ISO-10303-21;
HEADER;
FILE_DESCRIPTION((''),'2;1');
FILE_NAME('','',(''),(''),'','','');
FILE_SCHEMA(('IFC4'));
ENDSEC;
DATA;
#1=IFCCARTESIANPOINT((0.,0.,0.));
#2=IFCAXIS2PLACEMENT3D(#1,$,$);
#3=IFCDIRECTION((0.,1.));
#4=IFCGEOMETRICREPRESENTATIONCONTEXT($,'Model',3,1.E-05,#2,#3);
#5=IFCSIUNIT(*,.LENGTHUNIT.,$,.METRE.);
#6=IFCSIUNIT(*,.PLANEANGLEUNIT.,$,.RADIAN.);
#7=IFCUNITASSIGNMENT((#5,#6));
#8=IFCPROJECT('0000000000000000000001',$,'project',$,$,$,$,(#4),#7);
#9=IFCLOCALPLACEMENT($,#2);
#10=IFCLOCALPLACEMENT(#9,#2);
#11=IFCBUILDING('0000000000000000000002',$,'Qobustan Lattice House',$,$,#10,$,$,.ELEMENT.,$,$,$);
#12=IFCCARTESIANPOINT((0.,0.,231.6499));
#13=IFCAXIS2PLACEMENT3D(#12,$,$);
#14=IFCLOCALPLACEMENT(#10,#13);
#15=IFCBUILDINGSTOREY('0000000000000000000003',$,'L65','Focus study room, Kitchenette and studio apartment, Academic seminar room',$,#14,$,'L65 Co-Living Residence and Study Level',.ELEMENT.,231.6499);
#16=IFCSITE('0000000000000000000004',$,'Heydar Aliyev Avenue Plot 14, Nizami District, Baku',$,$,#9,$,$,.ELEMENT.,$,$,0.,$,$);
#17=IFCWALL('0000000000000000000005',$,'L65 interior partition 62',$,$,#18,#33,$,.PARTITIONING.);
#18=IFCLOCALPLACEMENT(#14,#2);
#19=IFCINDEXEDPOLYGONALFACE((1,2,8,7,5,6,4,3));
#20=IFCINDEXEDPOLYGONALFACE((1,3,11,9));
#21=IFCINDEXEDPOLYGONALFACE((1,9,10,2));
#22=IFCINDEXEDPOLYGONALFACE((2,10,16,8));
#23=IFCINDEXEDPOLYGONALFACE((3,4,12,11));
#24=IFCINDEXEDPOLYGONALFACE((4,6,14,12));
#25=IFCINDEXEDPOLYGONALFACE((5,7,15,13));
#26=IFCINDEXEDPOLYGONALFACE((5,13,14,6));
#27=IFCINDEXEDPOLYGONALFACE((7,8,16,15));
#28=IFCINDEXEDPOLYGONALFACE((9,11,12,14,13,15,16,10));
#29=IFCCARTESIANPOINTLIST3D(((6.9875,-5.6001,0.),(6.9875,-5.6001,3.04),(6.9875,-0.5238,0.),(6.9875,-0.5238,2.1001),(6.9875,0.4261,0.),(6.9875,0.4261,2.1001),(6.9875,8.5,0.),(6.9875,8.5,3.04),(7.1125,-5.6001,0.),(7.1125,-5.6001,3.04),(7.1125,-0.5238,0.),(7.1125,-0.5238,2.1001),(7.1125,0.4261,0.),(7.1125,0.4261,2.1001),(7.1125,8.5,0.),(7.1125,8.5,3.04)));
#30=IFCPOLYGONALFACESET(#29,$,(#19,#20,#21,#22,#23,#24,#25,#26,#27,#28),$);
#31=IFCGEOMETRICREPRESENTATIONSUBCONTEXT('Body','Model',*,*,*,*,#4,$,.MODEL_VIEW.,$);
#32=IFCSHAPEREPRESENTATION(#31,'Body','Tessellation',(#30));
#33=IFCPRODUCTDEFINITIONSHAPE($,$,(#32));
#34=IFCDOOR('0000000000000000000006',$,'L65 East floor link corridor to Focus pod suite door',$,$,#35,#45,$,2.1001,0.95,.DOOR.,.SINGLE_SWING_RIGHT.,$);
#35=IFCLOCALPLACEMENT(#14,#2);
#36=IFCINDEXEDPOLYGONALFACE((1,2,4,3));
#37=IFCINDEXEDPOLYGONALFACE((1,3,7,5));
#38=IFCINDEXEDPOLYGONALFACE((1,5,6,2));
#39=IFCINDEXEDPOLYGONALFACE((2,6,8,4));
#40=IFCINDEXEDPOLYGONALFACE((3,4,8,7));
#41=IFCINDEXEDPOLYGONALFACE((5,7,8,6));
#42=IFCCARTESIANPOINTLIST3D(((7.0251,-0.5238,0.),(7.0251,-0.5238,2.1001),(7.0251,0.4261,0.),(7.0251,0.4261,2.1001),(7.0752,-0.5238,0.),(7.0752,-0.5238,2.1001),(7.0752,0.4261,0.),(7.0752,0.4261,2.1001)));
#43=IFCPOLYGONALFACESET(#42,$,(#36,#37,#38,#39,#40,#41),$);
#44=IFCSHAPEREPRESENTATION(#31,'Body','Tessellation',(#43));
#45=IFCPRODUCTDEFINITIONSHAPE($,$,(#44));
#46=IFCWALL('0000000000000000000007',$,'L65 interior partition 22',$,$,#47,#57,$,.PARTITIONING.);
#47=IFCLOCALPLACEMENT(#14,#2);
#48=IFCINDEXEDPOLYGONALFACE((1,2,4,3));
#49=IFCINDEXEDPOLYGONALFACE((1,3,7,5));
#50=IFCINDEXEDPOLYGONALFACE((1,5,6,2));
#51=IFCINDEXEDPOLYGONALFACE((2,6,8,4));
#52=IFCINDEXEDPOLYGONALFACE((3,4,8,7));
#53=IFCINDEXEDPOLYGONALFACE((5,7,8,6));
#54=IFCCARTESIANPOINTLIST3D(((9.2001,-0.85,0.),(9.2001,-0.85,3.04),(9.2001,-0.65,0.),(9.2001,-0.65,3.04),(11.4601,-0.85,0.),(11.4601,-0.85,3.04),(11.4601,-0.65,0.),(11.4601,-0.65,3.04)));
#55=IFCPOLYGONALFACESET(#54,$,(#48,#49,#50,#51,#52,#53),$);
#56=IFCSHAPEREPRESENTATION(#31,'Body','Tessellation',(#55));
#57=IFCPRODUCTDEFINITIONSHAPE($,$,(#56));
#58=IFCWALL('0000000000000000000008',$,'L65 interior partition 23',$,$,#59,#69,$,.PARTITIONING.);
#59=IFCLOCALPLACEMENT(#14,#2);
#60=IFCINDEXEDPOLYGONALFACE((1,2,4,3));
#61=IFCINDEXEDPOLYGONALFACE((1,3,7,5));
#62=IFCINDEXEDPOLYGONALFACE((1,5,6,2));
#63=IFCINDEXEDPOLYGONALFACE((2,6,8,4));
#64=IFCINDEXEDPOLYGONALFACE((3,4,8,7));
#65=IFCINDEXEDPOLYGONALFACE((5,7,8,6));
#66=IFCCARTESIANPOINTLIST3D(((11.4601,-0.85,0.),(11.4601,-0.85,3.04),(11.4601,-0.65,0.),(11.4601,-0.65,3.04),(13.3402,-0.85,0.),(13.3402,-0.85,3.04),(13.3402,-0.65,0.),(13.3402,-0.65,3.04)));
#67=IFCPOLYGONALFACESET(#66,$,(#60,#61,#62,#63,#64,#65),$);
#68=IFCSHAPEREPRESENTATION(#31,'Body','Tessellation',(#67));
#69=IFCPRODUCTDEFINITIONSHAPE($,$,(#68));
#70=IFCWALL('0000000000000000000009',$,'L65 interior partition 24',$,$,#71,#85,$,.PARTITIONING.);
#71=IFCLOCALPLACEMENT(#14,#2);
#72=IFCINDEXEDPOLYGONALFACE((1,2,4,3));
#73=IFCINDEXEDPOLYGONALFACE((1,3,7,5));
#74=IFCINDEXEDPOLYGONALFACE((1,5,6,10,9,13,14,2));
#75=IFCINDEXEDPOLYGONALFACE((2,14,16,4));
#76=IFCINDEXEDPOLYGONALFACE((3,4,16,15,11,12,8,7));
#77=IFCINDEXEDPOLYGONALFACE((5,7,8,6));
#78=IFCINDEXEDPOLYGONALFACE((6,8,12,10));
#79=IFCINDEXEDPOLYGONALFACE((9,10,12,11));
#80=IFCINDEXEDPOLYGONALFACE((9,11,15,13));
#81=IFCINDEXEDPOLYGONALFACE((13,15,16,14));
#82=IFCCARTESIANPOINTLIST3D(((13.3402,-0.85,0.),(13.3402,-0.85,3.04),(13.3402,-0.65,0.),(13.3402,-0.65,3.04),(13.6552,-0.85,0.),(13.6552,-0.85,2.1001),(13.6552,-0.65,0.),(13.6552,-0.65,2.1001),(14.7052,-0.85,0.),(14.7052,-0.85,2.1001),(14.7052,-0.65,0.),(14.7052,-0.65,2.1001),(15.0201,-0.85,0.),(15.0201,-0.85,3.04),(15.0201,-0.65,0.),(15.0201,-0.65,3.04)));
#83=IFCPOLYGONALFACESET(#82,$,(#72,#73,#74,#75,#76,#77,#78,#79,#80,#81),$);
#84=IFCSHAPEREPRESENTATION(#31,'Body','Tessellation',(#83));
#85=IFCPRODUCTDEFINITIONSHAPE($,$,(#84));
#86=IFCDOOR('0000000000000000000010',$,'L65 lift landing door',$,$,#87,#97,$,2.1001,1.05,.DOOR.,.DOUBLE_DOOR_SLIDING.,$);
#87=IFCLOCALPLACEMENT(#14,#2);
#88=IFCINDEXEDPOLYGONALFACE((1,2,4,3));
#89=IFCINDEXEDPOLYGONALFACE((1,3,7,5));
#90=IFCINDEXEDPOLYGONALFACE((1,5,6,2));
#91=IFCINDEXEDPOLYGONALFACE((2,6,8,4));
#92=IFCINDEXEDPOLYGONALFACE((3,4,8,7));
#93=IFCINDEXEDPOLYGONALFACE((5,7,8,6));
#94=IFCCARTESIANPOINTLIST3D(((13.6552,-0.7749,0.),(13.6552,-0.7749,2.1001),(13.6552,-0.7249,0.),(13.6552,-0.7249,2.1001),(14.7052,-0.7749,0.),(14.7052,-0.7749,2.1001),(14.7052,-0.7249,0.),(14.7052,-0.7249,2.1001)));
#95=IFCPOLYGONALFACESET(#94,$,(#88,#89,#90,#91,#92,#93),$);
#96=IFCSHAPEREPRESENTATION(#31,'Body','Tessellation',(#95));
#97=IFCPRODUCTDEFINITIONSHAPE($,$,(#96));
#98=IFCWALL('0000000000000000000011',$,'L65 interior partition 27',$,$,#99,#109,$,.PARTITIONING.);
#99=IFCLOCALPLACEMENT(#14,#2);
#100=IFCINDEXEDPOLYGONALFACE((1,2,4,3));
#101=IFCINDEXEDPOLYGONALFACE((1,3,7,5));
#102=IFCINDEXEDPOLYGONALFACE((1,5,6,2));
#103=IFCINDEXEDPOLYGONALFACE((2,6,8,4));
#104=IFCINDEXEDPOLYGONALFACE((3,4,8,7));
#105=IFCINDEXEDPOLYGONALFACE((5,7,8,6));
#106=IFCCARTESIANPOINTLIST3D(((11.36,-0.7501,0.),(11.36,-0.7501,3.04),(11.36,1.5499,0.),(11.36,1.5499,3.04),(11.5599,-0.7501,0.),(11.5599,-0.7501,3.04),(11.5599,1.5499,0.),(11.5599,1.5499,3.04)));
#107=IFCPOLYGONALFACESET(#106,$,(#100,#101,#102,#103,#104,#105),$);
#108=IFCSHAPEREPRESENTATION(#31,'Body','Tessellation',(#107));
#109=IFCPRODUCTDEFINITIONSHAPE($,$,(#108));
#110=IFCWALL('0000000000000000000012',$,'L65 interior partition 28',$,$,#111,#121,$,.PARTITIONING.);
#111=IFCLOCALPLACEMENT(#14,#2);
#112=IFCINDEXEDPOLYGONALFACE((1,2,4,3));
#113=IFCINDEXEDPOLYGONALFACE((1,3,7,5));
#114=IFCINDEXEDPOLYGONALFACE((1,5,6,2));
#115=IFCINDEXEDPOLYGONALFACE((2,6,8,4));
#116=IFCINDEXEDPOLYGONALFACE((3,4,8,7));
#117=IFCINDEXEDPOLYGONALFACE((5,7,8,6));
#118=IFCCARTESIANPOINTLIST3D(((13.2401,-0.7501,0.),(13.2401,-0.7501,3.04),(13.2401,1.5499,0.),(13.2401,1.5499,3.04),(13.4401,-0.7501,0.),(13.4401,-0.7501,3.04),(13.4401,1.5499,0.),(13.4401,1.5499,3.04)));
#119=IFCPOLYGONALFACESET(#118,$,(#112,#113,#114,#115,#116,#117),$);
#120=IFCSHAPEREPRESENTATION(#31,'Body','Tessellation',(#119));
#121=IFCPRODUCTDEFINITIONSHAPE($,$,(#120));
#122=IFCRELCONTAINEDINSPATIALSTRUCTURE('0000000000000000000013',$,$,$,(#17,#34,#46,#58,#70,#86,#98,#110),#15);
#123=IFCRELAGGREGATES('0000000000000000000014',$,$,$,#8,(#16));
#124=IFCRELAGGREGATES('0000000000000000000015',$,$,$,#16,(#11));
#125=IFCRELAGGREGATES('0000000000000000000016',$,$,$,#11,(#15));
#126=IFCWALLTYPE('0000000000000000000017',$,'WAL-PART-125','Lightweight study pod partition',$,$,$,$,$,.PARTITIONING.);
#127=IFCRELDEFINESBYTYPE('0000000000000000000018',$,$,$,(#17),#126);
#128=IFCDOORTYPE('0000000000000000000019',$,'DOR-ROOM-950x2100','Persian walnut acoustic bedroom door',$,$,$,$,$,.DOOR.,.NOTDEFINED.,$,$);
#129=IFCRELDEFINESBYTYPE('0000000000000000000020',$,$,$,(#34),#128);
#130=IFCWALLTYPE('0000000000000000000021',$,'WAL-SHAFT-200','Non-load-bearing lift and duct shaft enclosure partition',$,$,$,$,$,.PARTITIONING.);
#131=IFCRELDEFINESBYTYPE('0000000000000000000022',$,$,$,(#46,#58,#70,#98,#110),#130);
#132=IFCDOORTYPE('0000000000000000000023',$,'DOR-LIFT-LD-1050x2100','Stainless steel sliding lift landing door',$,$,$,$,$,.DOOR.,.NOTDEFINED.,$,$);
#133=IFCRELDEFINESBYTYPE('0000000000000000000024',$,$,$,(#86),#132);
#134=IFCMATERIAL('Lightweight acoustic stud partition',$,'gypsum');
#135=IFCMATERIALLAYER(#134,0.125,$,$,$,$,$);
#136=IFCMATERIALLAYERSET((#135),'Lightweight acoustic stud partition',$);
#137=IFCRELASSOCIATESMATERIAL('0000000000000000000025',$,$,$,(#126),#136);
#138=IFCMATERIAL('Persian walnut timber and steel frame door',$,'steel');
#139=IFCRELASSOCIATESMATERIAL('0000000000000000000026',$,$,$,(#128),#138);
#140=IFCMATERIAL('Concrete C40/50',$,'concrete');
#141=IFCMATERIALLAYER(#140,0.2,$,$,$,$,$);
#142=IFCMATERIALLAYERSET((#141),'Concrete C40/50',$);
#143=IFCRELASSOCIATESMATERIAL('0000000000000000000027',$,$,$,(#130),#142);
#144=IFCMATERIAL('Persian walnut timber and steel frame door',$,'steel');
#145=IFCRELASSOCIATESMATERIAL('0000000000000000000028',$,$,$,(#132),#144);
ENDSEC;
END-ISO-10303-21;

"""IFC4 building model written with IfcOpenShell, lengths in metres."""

from ifc_helpers import new_model, si_unit, direction, frame, frame_2d, origin, place, context, subcontext, project, spatial, rectangle, extrude, material, layer, layer_set, type_object, element, fill, save


model = new_model("IFC4")

# Units and contexts
model_context = context("Model", 3, precision=1e-05, world=origin(), true_north=direction((0.0, 1.0)))
body_context = subcontext(model_context, "Body", "Model", "MODEL_VIEW")
ifc_project = project(units=[si_unit("LENGTHUNIT", "METRE"), si_unit("PLANEANGLEUNIT", "RADIAN")], contexts=[model_context])

# Site, building, storey
site_placement = place(None, origin())
site = spatial("IfcSite", under=ifc_project, at=site_placement, Name="Heydar Aliyev Avenue Plot 14, Nizami District, Baku", CompositionType="ELEMENT", RefElevation=0.0)
building_placement = place(site_placement, origin())
building = spatial("IfcBuilding", under=site, at=building_placement, Name="Qobustan Lattice House", CompositionType="ELEMENT")
storey_placement = place(building_placement, frame((0.0, 0.0, 231.6499)))
storey = spatial("IfcBuildingStorey", under=building, at=storey_placement, Name="L65", Description="Focus study room, Kitchenette and studio apartment, Academic seminar room", LongName="L65 Co-Living Residence and Study Level", CompositionType="ELEMENT", Elevation=231.6499)

# Wall, opening, door
ifc_material_1 = material(Name="Lightweight acoustic stud partition", Category="gypsum")
ifc_layer_1 = layer(ifc_material_1, 0.125)
ifc_layer_set_1 = layer_set([ifc_layer_1], Name="Lightweight acoustic stud partition")
wall_type_1 = type_object("IfcWallType", Name="WAL-PART-125", Description="Lightweight study pod partition", PredefinedType="PARTITIONING", material=ifc_layer_set_1)
wall_1_placement = place(storey_placement, frame((7.05, -5.6001, 0.0), z_axis=(0.0, 0.0, 1.0), x_axis=(0.0, 1.0, 0.0)))
wall_1 = element("IfcWall", 1, at=wall_1_placement, inside=storey, type_object=wall_type_1, Name="L65 interior partition 62", PredefinedType="PARTITIONING", context=body_context, shape_type="SweptSolid", body=[
    extrude(rectangle(XDim=14.1001, YDim=0.125, at=frame_2d((7.05, 0.0))), origin(), (0.0, 0.0, 1.0), 3.04),
])
opening_1_placement = place(wall_1_placement, frame((5.0762, 0.0, 0.0)))
opening_1 = element("IfcOpeningElement", 2, at=opening_1_placement, cuts=wall_1, PredefinedType="OPENING", context=body_context, shape_type="SweptSolid", body=[
    extrude(rectangle(XDim=0.95, YDim=2.1001, at=frame_2d((0.4751, 1.05))), frame((0.0, 0.0725, 0.0), z_axis=(0.0, -1.0, 0.0), x_axis=(1.0, 0.0, 0.0)), (0.0, 0.0, 1.0), 0.145),
])
ifc_material_2 = material(Name="Persian walnut timber and steel frame door", Category="steel")
door_type_1 = type_object("IfcDoorType", Name="DOR-ROOM-950x2100", Description="Persian walnut acoustic bedroom door", OperationType="NOTDEFINED", PredefinedType="DOOR", material=ifc_material_2)
door_1_placement = place(opening_1_placement, origin())
door_1 = element("IfcDoor", 3, at=door_1_placement, inside=storey, type_object=door_type_1, Name="L65 East floor link corridor to Focus pod suite door", OperationType="SINGLE_SWING_RIGHT", OverallHeight=2.1001, OverallWidth=0.95, PredefinedType="DOOR", context=body_context, shape_type="SweptSolid", body=[
    extrude(rectangle(XDim=0.95, YDim=2.1001, at=frame_2d((0.4751, 1.05))), frame((0.0, 0.0249, 0.0), z_axis=(0.0, -1.0, 0.0), x_axis=(1.0, 0.0, 0.0)), (0.0, 0.0, 1.0), 0.05),
])
fill(opening_1, door_1)

# Walls
ifc_material_3 = material(Name="Concrete C40/50", Category="concrete")
ifc_layer_2 = layer(ifc_material_3, 0.2)
ifc_layer_set_2 = layer_set([ifc_layer_2], Name="Concrete C40/50")
wall_type_2 = type_object("IfcWallType", Name="WAL-SHAFT-200", Description="Non-load-bearing lift and duct shaft enclosure partition", PredefinedType="PARTITIONING", material=ifc_layer_set_2)
wall_2_placement = place(storey_placement, frame((11.46, -0.75, 0.0), z_axis=(0.0, 0.0, 1.0), x_axis=(-1.0, 0.0, 0.0)))
element("IfcWall", 4, at=wall_2_placement, inside=storey, type_object=wall_type_2, Name="L65 interior partition 22", PredefinedType="PARTITIONING", context=body_context, shape_type="SweptSolid", body=[
    extrude(rectangle(XDim=2.26, YDim=0.2, at=frame_2d((1.1299, 0.0))), origin(), (0.0, 0.0, 1.0), 3.04),
])
wall_3_placement = place(storey_placement, frame((13.3401, -0.75, 0.0), z_axis=(0.0, 0.0, 1.0), x_axis=(-1.0, 0.0, 0.0)))
element("IfcWall", 5, at=wall_3_placement, inside=storey, type_object=wall_type_2, Name="L65 interior partition 23", PredefinedType="PARTITIONING", context=body_context, shape_type="SweptSolid", body=[
    extrude(rectangle(XDim=1.8801, YDim=0.2, at=frame_2d((0.9399, 0.0))), origin(), (0.0, 0.0, 1.0), 3.04),
])

# Wall, opening, door
wall_4_placement = place(storey_placement, frame((15.02, -0.75, 0.0), z_axis=(0.0, 0.0, 1.0), x_axis=(-1.0, 0.0, 0.0)))
wall_4 = element("IfcWall", 6, at=wall_4_placement, inside=storey, type_object=wall_type_2, Name="L65 interior partition 24", PredefinedType="PARTITIONING", context=body_context, shape_type="SweptSolid", body=[
    extrude(rectangle(XDim=1.6799, YDim=0.2, at=frame_2d((0.8398, 0.0))), origin(), (0.0, 0.0, 1.0), 3.04),
])
opening_2_placement = place(wall_4_placement, frame((0.3149, 0.0, 0.0)))
opening_2 = element("IfcOpeningElement", 7, at=opening_2_placement, cuts=wall_4, PredefinedType="OPENING", context=body_context, shape_type="SweptSolid", body=[
    extrude(rectangle(XDim=1.05, YDim=2.1001, at=frame_2d((0.5249, 1.05))), frame((0.0, 0.1099, 0.0), z_axis=(0.0, -1.0, 0.0), x_axis=(1.0, 0.0, 0.0)), (0.0, 0.0, 1.0), 0.22),
])
ifc_material_4 = material(Name="Persian walnut timber and steel frame door", Category="steel")
door_type_2 = type_object("IfcDoorType", Name="DOR-LIFT-LD-1050x2100", Description="Stainless steel sliding lift landing door", OperationType="NOTDEFINED", PredefinedType="DOOR", material=ifc_material_4)
door_2_placement = place(opening_2_placement, origin())
door_2 = element("IfcDoor", 8, at=door_2_placement, inside=storey, type_object=door_type_2, Name="L65 lift landing door", OperationType="DOUBLE_DOOR_SLIDING", OverallHeight=2.1001, OverallWidth=1.05, PredefinedType="DOOR", context=body_context, shape_type="SweptSolid", body=[
    extrude(rectangle(XDim=1.05, YDim=2.1001, at=frame_2d((0.5249, 1.05))), frame((0.0, 0.0249, 0.0), z_axis=(0.0, -1.0, 0.0), x_axis=(1.0, 0.0, 0.0)), (0.0, 0.0, 1.0), 0.05),
])
fill(opening_2, door_2)

# Walls
for number, where, z_axis, x_axis, name in (
    (9, (11.46, -0.75, 0.0), (0.0, 0.0, 1.0), (0.0, 1.0, 0.0), "L65 interior partition 27"),
    (10, (13.3401, -0.75, 0.0), (0.0, 0.0, 1.0), (0.0, 1.0, 0.0), "L65 interior partition 28"),
):
    element("IfcWall", number, at=place(storey_placement, frame(where, z_axis=z_axis, x_axis=x_axis)), inside=storey, type_object=wall_type_2, Name=name, PredefinedType="PARTITIONING", context=body_context, shape_type="SweptSolid", body=[
        extrude(rectangle(XDim=2.3, YDim=0.2, at=frame_2d((1.1499, 0.0))), origin(), (0.0, 0.0, 1.0), 3.04),
    ])

save(model, "model.ifc")
